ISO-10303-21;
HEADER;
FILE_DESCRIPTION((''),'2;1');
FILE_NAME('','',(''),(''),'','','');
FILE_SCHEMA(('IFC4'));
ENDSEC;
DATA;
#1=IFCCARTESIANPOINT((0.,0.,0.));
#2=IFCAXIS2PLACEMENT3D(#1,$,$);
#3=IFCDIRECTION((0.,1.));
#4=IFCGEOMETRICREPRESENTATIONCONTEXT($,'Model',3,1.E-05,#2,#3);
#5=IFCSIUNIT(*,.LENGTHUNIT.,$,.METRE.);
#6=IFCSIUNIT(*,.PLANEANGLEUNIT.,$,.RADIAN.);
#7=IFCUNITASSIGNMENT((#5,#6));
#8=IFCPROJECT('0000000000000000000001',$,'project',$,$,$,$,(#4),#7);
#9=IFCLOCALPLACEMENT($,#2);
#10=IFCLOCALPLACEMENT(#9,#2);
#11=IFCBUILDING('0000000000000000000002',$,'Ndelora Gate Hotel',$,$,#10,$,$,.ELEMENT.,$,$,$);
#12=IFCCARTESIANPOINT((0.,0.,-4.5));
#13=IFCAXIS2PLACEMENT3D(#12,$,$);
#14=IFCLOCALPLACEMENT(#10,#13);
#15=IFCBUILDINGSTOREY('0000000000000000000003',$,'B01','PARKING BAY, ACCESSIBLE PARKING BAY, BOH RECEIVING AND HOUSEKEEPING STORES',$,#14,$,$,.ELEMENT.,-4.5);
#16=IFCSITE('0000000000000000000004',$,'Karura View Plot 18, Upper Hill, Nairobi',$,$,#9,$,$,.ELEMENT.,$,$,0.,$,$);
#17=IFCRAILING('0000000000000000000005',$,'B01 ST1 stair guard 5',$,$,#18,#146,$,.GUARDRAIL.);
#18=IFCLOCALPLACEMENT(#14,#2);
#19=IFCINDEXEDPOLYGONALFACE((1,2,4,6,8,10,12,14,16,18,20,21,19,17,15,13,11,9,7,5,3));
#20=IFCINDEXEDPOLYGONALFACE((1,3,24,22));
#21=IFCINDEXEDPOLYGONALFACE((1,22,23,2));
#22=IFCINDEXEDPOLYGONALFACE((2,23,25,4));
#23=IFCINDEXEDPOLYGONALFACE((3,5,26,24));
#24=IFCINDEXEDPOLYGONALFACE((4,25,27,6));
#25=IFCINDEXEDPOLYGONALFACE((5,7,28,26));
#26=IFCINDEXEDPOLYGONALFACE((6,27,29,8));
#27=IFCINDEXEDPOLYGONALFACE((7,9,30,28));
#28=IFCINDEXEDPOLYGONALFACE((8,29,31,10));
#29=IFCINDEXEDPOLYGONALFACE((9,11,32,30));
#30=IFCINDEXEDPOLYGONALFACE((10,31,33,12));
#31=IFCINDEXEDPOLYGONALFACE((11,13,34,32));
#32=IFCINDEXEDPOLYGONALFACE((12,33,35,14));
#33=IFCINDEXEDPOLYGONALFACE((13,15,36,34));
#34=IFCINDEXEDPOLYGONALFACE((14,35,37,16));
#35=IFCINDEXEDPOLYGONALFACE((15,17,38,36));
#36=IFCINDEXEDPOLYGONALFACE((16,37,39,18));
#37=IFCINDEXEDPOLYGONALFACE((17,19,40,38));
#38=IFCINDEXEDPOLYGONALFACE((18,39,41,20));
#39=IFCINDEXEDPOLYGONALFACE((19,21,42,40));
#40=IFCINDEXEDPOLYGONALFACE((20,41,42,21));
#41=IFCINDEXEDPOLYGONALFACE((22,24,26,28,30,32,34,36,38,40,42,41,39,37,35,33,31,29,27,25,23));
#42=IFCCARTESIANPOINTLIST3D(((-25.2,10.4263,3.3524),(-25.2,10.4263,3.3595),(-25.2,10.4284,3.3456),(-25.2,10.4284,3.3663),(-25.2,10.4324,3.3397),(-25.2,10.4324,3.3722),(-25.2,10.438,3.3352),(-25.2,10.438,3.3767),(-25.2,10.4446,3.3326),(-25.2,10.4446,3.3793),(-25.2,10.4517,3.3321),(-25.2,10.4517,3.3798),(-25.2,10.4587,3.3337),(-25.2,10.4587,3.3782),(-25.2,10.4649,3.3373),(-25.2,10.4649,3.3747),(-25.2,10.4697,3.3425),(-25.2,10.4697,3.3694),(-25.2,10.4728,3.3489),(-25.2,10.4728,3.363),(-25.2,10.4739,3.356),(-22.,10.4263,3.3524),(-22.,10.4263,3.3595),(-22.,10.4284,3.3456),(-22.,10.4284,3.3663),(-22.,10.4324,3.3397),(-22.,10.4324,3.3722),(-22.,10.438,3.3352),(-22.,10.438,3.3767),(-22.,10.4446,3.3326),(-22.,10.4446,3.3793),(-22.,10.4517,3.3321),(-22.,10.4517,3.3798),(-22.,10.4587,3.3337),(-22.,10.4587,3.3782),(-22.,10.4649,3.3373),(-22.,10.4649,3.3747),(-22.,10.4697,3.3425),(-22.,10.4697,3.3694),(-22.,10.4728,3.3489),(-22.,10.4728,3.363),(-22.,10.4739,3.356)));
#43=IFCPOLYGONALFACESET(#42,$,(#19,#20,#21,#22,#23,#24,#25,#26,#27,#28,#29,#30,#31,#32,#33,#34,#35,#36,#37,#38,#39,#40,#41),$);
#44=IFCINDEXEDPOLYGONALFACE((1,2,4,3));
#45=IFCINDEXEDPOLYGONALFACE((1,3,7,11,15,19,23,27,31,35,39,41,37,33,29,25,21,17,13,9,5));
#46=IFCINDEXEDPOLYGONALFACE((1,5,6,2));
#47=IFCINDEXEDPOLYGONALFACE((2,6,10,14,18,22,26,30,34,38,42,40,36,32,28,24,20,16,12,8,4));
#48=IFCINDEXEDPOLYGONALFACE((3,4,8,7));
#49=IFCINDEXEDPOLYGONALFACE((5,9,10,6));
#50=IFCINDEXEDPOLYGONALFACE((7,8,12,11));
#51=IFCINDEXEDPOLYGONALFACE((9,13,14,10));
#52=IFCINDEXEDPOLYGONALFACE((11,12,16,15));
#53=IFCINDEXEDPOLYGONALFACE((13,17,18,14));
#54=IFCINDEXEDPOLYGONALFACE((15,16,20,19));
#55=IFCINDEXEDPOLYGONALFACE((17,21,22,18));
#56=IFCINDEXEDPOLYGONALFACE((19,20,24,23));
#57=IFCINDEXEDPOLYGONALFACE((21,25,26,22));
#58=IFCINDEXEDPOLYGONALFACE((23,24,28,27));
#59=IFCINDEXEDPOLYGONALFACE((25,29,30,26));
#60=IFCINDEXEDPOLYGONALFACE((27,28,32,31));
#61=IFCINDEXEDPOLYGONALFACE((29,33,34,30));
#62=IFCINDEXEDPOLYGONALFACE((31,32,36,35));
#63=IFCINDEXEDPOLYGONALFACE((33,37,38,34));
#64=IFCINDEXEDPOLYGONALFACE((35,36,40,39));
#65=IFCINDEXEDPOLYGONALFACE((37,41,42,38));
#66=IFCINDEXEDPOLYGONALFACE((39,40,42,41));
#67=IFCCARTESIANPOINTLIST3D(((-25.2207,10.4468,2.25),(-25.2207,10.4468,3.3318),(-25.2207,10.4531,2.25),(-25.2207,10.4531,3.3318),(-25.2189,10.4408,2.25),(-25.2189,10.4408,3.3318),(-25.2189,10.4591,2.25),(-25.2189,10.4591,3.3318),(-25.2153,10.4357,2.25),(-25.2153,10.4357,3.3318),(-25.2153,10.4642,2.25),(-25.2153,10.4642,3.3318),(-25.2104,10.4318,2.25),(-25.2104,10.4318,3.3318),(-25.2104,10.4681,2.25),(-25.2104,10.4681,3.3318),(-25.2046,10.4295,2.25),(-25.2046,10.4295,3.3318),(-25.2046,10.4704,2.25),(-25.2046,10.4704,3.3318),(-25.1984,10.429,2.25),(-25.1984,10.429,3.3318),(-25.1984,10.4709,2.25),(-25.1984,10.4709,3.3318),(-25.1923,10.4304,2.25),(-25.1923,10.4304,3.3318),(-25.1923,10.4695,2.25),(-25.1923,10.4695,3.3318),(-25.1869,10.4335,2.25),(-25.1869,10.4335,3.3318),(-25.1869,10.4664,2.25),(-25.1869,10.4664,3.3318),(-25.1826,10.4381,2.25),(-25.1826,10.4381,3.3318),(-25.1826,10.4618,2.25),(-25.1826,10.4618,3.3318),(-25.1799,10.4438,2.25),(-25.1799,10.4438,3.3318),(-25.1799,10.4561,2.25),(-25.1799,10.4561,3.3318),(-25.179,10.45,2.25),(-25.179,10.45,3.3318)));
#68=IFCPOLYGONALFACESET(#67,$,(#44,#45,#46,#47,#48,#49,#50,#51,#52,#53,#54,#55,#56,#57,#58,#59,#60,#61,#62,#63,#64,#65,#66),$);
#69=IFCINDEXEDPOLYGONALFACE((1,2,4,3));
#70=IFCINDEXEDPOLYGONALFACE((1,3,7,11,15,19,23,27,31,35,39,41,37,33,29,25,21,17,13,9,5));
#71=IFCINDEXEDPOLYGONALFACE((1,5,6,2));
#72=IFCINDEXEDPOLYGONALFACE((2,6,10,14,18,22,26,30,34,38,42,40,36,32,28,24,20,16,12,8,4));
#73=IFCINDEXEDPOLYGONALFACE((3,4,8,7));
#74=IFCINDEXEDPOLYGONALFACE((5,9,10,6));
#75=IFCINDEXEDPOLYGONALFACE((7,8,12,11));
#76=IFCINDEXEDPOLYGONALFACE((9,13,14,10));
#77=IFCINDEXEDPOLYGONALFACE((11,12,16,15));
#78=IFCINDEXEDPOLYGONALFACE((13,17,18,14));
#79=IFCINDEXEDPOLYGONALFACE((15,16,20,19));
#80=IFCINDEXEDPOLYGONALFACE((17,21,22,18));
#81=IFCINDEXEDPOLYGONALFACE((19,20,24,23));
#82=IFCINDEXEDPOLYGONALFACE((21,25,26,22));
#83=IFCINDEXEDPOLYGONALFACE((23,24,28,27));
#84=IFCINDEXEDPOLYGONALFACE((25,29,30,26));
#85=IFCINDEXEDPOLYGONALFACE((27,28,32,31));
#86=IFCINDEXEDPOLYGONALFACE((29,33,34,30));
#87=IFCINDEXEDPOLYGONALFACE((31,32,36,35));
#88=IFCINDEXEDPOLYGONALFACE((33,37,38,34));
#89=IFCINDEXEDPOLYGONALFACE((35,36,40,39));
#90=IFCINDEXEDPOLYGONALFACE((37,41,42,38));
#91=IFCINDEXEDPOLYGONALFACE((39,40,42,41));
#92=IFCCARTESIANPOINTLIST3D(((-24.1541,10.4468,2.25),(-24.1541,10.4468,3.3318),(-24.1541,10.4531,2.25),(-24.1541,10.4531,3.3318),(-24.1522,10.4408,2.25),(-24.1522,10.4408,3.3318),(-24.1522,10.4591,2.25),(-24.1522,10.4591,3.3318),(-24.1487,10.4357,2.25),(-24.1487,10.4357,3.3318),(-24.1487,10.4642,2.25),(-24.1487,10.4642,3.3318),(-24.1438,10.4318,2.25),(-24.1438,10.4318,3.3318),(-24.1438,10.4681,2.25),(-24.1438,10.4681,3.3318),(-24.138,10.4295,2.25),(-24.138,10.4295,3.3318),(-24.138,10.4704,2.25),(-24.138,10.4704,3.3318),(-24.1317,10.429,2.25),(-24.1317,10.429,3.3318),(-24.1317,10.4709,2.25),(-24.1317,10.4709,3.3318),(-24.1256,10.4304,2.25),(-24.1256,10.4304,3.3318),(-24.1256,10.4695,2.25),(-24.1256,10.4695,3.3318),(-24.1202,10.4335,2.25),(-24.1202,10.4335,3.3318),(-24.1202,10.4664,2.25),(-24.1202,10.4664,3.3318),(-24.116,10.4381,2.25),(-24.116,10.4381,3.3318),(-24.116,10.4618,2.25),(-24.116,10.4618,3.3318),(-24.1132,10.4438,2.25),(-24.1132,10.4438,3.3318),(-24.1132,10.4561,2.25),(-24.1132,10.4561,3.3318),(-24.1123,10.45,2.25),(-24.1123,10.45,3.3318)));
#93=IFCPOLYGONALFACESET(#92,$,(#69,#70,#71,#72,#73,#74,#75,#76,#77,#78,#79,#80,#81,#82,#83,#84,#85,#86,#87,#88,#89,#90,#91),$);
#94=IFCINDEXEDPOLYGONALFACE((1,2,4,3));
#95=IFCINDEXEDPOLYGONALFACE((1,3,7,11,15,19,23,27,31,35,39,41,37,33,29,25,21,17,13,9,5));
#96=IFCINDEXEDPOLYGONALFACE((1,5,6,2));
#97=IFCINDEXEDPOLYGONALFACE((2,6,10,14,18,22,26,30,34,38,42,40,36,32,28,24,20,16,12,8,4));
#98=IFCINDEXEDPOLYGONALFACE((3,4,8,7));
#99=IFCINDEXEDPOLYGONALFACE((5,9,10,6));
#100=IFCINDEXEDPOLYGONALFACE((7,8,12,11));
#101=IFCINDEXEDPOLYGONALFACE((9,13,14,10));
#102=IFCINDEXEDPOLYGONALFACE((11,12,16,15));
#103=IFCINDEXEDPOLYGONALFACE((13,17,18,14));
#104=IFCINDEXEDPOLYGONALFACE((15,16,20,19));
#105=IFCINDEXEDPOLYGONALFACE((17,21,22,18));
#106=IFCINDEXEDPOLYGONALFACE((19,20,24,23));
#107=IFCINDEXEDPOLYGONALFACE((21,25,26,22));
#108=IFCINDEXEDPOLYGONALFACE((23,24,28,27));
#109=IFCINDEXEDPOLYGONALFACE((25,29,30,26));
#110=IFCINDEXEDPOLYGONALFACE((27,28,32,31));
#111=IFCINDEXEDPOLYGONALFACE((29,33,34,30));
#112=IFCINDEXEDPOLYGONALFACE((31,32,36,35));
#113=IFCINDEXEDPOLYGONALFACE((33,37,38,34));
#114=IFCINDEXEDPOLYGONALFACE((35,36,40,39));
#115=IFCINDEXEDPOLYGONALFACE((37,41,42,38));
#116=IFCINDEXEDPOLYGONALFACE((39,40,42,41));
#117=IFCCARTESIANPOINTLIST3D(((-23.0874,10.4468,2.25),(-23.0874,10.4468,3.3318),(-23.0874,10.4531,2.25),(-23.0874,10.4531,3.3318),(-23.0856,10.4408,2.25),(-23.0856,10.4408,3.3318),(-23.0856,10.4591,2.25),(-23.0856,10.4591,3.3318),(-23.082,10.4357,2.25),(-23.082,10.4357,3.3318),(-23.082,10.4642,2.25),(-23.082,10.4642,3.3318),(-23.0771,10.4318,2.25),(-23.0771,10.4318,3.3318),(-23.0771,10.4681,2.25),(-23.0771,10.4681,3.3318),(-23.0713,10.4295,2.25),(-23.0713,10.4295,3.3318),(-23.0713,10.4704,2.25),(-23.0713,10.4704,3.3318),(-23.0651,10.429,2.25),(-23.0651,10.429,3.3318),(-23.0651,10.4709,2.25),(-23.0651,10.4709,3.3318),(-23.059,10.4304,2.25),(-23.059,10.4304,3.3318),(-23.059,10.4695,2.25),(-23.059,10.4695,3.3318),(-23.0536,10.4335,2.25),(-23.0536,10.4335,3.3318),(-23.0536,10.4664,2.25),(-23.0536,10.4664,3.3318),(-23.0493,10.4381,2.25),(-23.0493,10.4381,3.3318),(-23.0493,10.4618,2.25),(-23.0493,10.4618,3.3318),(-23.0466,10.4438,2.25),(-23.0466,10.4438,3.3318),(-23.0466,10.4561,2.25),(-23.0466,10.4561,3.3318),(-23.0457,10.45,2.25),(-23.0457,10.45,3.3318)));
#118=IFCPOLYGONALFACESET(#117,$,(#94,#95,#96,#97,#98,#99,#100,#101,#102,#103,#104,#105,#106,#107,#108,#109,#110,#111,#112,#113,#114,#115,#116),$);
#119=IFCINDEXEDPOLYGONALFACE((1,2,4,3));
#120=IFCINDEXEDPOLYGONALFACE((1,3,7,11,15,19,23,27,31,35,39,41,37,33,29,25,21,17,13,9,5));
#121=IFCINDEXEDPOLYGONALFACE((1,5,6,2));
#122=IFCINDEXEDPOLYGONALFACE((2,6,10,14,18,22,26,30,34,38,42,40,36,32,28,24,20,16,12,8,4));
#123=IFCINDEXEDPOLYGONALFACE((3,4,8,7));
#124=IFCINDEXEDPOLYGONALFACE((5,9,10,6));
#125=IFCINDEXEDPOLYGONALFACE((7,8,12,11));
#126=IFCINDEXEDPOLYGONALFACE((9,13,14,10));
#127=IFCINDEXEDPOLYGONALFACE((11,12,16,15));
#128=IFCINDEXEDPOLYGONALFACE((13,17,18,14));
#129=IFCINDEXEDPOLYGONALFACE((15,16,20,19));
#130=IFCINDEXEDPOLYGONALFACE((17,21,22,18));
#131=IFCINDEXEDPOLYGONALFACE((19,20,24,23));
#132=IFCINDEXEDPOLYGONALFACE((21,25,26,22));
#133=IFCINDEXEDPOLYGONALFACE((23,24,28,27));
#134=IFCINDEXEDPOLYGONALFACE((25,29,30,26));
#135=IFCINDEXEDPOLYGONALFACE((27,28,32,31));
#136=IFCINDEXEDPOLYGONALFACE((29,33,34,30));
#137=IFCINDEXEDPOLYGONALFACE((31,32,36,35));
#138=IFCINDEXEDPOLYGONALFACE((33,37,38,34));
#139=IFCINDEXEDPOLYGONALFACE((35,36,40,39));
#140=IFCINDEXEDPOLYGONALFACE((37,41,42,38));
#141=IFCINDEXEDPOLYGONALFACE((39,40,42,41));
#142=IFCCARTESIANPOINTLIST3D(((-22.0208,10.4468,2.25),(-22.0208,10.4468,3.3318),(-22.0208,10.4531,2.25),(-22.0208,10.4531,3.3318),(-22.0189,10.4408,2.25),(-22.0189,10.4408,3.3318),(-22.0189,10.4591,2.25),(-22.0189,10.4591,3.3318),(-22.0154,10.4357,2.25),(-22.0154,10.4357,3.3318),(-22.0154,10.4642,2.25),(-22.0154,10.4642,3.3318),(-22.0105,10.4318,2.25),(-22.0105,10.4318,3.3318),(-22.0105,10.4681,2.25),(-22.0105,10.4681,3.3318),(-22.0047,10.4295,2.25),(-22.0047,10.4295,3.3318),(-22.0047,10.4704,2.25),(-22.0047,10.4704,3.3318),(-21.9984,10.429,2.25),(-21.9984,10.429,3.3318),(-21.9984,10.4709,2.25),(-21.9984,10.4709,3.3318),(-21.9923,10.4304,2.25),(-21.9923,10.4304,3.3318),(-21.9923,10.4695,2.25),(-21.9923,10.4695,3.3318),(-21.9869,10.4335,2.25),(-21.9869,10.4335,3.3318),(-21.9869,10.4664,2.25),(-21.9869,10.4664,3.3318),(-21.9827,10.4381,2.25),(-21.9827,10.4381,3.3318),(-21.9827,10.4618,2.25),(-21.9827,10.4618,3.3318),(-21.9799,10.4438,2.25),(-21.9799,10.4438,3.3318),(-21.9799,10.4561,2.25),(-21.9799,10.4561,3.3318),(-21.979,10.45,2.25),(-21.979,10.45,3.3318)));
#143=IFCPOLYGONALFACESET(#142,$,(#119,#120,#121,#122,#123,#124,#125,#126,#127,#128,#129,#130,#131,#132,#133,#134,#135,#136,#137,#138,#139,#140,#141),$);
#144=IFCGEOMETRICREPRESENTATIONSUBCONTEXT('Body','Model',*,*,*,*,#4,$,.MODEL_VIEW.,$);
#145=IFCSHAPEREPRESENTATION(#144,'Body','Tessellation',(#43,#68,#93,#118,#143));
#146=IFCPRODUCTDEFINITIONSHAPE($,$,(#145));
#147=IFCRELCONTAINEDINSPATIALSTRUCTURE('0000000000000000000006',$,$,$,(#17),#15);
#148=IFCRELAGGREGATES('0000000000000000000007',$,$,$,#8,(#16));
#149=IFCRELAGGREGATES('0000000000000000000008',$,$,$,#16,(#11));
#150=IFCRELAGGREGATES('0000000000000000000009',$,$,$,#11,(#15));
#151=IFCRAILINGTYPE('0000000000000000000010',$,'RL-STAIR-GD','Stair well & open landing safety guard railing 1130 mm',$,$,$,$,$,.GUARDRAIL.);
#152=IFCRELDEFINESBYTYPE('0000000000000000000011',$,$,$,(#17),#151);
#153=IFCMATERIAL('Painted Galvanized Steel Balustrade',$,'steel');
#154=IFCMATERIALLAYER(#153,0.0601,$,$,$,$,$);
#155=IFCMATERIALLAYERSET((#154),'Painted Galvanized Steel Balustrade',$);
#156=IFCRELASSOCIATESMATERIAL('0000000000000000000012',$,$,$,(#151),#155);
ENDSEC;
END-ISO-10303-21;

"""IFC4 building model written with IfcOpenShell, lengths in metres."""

from ifc_helpers import new_model, si_unit, direction, frame, origin, origin_2d, place, context, subcontext, project, spatial, circle, extrude, material, layer, layer_set, type_object, element, save


model = new_model("IFC4")

# Units and contexts
model_context = context("Model", 3, precision=1e-05, world=origin(), true_north=direction((0.0, 1.0)))
body_context = subcontext(model_context, "Body", "Model", "MODEL_VIEW")
ifc_project = project(units=[si_unit("LENGTHUNIT", "METRE"), si_unit("PLANEANGLEUNIT", "RADIAN")], contexts=[model_context])

# Site, building, storey
site_placement = place(None, origin())
site = spatial("IfcSite", under=ifc_project, at=site_placement, Name="Karura View Plot 18, Upper Hill, Nairobi", CompositionType="ELEMENT", RefElevation=0.0)
building_placement = place(site_placement, origin())
building = spatial("IfcBuilding", under=site, at=building_placement, Name="Ndelora Gate Hotel", CompositionType="ELEMENT")
storey_placement = place(building_placement, frame((0.0, 0.0, -4.5)))
storey = spatial("IfcBuildingStorey", under=building, at=storey_placement, Name="B01", Description="PARKING BAY, ACCESSIBLE PARKING BAY, BOH RECEIVING AND HOUSEKEEPING STORES", CompositionType="ELEMENT", Elevation=-4.5)

# Railing
ifc_material_1 = material(Name="Painted Galvanized Steel Balustrade", Category="steel")
ifc_layer_1 = layer(ifc_material_1, 0.0601)
ifc_layer_set_1 = layer_set([ifc_layer_1], Name="Painted Galvanized Steel Balustrade")
railing_type_1 = type_object("IfcRailingType", Name="RL-STAIR-GD", Description="Stair well & open landing safety guard railing 1130 mm", PredefinedType="GUARDRAIL", material=ifc_layer_set_1)
railing_1_placement = place(storey_placement, frame((-25.2, 10.45, 2.25)))
element("IfcRailing", 1, at=railing_1_placement, inside=storey, type_object=railing_type_1, Name="B01 ST1 stair guard 5", PredefinedType="GUARDRAIL", context=body_context, shape_type="SweptSolid", body=[
    extrude(circle(Radius=0.0239, at=origin_2d()), frame((0.0, 0.0, 1.106), z_axis=(1.0, 0.0, 0.0), x_axis=(0.0, 1.0, 0.0)), (0.0, 0.0, 1.0), 3.2),
    extrude(circle(Radius=0.021, at=origin_2d()), origin(), (0.0, 0.0, 1.0), 1.0818),
    extrude(circle(Radius=0.021, at=origin_2d()), frame((1.0667, 0.0, 0.0)), (0.0, 0.0, 1.0), 1.0818),
    extrude(circle(Radius=0.021, at=origin_2d()), frame((2.1333, 0.0, 0.0)), (0.0, 0.0, 1.0), 1.0818),
    extrude(circle(Radius=0.021, at=origin_2d()), frame((3.2, 0.0, 0.0)), (0.0, 0.0, 1.0), 1.0818),
])

save(model, "model.ifc")
